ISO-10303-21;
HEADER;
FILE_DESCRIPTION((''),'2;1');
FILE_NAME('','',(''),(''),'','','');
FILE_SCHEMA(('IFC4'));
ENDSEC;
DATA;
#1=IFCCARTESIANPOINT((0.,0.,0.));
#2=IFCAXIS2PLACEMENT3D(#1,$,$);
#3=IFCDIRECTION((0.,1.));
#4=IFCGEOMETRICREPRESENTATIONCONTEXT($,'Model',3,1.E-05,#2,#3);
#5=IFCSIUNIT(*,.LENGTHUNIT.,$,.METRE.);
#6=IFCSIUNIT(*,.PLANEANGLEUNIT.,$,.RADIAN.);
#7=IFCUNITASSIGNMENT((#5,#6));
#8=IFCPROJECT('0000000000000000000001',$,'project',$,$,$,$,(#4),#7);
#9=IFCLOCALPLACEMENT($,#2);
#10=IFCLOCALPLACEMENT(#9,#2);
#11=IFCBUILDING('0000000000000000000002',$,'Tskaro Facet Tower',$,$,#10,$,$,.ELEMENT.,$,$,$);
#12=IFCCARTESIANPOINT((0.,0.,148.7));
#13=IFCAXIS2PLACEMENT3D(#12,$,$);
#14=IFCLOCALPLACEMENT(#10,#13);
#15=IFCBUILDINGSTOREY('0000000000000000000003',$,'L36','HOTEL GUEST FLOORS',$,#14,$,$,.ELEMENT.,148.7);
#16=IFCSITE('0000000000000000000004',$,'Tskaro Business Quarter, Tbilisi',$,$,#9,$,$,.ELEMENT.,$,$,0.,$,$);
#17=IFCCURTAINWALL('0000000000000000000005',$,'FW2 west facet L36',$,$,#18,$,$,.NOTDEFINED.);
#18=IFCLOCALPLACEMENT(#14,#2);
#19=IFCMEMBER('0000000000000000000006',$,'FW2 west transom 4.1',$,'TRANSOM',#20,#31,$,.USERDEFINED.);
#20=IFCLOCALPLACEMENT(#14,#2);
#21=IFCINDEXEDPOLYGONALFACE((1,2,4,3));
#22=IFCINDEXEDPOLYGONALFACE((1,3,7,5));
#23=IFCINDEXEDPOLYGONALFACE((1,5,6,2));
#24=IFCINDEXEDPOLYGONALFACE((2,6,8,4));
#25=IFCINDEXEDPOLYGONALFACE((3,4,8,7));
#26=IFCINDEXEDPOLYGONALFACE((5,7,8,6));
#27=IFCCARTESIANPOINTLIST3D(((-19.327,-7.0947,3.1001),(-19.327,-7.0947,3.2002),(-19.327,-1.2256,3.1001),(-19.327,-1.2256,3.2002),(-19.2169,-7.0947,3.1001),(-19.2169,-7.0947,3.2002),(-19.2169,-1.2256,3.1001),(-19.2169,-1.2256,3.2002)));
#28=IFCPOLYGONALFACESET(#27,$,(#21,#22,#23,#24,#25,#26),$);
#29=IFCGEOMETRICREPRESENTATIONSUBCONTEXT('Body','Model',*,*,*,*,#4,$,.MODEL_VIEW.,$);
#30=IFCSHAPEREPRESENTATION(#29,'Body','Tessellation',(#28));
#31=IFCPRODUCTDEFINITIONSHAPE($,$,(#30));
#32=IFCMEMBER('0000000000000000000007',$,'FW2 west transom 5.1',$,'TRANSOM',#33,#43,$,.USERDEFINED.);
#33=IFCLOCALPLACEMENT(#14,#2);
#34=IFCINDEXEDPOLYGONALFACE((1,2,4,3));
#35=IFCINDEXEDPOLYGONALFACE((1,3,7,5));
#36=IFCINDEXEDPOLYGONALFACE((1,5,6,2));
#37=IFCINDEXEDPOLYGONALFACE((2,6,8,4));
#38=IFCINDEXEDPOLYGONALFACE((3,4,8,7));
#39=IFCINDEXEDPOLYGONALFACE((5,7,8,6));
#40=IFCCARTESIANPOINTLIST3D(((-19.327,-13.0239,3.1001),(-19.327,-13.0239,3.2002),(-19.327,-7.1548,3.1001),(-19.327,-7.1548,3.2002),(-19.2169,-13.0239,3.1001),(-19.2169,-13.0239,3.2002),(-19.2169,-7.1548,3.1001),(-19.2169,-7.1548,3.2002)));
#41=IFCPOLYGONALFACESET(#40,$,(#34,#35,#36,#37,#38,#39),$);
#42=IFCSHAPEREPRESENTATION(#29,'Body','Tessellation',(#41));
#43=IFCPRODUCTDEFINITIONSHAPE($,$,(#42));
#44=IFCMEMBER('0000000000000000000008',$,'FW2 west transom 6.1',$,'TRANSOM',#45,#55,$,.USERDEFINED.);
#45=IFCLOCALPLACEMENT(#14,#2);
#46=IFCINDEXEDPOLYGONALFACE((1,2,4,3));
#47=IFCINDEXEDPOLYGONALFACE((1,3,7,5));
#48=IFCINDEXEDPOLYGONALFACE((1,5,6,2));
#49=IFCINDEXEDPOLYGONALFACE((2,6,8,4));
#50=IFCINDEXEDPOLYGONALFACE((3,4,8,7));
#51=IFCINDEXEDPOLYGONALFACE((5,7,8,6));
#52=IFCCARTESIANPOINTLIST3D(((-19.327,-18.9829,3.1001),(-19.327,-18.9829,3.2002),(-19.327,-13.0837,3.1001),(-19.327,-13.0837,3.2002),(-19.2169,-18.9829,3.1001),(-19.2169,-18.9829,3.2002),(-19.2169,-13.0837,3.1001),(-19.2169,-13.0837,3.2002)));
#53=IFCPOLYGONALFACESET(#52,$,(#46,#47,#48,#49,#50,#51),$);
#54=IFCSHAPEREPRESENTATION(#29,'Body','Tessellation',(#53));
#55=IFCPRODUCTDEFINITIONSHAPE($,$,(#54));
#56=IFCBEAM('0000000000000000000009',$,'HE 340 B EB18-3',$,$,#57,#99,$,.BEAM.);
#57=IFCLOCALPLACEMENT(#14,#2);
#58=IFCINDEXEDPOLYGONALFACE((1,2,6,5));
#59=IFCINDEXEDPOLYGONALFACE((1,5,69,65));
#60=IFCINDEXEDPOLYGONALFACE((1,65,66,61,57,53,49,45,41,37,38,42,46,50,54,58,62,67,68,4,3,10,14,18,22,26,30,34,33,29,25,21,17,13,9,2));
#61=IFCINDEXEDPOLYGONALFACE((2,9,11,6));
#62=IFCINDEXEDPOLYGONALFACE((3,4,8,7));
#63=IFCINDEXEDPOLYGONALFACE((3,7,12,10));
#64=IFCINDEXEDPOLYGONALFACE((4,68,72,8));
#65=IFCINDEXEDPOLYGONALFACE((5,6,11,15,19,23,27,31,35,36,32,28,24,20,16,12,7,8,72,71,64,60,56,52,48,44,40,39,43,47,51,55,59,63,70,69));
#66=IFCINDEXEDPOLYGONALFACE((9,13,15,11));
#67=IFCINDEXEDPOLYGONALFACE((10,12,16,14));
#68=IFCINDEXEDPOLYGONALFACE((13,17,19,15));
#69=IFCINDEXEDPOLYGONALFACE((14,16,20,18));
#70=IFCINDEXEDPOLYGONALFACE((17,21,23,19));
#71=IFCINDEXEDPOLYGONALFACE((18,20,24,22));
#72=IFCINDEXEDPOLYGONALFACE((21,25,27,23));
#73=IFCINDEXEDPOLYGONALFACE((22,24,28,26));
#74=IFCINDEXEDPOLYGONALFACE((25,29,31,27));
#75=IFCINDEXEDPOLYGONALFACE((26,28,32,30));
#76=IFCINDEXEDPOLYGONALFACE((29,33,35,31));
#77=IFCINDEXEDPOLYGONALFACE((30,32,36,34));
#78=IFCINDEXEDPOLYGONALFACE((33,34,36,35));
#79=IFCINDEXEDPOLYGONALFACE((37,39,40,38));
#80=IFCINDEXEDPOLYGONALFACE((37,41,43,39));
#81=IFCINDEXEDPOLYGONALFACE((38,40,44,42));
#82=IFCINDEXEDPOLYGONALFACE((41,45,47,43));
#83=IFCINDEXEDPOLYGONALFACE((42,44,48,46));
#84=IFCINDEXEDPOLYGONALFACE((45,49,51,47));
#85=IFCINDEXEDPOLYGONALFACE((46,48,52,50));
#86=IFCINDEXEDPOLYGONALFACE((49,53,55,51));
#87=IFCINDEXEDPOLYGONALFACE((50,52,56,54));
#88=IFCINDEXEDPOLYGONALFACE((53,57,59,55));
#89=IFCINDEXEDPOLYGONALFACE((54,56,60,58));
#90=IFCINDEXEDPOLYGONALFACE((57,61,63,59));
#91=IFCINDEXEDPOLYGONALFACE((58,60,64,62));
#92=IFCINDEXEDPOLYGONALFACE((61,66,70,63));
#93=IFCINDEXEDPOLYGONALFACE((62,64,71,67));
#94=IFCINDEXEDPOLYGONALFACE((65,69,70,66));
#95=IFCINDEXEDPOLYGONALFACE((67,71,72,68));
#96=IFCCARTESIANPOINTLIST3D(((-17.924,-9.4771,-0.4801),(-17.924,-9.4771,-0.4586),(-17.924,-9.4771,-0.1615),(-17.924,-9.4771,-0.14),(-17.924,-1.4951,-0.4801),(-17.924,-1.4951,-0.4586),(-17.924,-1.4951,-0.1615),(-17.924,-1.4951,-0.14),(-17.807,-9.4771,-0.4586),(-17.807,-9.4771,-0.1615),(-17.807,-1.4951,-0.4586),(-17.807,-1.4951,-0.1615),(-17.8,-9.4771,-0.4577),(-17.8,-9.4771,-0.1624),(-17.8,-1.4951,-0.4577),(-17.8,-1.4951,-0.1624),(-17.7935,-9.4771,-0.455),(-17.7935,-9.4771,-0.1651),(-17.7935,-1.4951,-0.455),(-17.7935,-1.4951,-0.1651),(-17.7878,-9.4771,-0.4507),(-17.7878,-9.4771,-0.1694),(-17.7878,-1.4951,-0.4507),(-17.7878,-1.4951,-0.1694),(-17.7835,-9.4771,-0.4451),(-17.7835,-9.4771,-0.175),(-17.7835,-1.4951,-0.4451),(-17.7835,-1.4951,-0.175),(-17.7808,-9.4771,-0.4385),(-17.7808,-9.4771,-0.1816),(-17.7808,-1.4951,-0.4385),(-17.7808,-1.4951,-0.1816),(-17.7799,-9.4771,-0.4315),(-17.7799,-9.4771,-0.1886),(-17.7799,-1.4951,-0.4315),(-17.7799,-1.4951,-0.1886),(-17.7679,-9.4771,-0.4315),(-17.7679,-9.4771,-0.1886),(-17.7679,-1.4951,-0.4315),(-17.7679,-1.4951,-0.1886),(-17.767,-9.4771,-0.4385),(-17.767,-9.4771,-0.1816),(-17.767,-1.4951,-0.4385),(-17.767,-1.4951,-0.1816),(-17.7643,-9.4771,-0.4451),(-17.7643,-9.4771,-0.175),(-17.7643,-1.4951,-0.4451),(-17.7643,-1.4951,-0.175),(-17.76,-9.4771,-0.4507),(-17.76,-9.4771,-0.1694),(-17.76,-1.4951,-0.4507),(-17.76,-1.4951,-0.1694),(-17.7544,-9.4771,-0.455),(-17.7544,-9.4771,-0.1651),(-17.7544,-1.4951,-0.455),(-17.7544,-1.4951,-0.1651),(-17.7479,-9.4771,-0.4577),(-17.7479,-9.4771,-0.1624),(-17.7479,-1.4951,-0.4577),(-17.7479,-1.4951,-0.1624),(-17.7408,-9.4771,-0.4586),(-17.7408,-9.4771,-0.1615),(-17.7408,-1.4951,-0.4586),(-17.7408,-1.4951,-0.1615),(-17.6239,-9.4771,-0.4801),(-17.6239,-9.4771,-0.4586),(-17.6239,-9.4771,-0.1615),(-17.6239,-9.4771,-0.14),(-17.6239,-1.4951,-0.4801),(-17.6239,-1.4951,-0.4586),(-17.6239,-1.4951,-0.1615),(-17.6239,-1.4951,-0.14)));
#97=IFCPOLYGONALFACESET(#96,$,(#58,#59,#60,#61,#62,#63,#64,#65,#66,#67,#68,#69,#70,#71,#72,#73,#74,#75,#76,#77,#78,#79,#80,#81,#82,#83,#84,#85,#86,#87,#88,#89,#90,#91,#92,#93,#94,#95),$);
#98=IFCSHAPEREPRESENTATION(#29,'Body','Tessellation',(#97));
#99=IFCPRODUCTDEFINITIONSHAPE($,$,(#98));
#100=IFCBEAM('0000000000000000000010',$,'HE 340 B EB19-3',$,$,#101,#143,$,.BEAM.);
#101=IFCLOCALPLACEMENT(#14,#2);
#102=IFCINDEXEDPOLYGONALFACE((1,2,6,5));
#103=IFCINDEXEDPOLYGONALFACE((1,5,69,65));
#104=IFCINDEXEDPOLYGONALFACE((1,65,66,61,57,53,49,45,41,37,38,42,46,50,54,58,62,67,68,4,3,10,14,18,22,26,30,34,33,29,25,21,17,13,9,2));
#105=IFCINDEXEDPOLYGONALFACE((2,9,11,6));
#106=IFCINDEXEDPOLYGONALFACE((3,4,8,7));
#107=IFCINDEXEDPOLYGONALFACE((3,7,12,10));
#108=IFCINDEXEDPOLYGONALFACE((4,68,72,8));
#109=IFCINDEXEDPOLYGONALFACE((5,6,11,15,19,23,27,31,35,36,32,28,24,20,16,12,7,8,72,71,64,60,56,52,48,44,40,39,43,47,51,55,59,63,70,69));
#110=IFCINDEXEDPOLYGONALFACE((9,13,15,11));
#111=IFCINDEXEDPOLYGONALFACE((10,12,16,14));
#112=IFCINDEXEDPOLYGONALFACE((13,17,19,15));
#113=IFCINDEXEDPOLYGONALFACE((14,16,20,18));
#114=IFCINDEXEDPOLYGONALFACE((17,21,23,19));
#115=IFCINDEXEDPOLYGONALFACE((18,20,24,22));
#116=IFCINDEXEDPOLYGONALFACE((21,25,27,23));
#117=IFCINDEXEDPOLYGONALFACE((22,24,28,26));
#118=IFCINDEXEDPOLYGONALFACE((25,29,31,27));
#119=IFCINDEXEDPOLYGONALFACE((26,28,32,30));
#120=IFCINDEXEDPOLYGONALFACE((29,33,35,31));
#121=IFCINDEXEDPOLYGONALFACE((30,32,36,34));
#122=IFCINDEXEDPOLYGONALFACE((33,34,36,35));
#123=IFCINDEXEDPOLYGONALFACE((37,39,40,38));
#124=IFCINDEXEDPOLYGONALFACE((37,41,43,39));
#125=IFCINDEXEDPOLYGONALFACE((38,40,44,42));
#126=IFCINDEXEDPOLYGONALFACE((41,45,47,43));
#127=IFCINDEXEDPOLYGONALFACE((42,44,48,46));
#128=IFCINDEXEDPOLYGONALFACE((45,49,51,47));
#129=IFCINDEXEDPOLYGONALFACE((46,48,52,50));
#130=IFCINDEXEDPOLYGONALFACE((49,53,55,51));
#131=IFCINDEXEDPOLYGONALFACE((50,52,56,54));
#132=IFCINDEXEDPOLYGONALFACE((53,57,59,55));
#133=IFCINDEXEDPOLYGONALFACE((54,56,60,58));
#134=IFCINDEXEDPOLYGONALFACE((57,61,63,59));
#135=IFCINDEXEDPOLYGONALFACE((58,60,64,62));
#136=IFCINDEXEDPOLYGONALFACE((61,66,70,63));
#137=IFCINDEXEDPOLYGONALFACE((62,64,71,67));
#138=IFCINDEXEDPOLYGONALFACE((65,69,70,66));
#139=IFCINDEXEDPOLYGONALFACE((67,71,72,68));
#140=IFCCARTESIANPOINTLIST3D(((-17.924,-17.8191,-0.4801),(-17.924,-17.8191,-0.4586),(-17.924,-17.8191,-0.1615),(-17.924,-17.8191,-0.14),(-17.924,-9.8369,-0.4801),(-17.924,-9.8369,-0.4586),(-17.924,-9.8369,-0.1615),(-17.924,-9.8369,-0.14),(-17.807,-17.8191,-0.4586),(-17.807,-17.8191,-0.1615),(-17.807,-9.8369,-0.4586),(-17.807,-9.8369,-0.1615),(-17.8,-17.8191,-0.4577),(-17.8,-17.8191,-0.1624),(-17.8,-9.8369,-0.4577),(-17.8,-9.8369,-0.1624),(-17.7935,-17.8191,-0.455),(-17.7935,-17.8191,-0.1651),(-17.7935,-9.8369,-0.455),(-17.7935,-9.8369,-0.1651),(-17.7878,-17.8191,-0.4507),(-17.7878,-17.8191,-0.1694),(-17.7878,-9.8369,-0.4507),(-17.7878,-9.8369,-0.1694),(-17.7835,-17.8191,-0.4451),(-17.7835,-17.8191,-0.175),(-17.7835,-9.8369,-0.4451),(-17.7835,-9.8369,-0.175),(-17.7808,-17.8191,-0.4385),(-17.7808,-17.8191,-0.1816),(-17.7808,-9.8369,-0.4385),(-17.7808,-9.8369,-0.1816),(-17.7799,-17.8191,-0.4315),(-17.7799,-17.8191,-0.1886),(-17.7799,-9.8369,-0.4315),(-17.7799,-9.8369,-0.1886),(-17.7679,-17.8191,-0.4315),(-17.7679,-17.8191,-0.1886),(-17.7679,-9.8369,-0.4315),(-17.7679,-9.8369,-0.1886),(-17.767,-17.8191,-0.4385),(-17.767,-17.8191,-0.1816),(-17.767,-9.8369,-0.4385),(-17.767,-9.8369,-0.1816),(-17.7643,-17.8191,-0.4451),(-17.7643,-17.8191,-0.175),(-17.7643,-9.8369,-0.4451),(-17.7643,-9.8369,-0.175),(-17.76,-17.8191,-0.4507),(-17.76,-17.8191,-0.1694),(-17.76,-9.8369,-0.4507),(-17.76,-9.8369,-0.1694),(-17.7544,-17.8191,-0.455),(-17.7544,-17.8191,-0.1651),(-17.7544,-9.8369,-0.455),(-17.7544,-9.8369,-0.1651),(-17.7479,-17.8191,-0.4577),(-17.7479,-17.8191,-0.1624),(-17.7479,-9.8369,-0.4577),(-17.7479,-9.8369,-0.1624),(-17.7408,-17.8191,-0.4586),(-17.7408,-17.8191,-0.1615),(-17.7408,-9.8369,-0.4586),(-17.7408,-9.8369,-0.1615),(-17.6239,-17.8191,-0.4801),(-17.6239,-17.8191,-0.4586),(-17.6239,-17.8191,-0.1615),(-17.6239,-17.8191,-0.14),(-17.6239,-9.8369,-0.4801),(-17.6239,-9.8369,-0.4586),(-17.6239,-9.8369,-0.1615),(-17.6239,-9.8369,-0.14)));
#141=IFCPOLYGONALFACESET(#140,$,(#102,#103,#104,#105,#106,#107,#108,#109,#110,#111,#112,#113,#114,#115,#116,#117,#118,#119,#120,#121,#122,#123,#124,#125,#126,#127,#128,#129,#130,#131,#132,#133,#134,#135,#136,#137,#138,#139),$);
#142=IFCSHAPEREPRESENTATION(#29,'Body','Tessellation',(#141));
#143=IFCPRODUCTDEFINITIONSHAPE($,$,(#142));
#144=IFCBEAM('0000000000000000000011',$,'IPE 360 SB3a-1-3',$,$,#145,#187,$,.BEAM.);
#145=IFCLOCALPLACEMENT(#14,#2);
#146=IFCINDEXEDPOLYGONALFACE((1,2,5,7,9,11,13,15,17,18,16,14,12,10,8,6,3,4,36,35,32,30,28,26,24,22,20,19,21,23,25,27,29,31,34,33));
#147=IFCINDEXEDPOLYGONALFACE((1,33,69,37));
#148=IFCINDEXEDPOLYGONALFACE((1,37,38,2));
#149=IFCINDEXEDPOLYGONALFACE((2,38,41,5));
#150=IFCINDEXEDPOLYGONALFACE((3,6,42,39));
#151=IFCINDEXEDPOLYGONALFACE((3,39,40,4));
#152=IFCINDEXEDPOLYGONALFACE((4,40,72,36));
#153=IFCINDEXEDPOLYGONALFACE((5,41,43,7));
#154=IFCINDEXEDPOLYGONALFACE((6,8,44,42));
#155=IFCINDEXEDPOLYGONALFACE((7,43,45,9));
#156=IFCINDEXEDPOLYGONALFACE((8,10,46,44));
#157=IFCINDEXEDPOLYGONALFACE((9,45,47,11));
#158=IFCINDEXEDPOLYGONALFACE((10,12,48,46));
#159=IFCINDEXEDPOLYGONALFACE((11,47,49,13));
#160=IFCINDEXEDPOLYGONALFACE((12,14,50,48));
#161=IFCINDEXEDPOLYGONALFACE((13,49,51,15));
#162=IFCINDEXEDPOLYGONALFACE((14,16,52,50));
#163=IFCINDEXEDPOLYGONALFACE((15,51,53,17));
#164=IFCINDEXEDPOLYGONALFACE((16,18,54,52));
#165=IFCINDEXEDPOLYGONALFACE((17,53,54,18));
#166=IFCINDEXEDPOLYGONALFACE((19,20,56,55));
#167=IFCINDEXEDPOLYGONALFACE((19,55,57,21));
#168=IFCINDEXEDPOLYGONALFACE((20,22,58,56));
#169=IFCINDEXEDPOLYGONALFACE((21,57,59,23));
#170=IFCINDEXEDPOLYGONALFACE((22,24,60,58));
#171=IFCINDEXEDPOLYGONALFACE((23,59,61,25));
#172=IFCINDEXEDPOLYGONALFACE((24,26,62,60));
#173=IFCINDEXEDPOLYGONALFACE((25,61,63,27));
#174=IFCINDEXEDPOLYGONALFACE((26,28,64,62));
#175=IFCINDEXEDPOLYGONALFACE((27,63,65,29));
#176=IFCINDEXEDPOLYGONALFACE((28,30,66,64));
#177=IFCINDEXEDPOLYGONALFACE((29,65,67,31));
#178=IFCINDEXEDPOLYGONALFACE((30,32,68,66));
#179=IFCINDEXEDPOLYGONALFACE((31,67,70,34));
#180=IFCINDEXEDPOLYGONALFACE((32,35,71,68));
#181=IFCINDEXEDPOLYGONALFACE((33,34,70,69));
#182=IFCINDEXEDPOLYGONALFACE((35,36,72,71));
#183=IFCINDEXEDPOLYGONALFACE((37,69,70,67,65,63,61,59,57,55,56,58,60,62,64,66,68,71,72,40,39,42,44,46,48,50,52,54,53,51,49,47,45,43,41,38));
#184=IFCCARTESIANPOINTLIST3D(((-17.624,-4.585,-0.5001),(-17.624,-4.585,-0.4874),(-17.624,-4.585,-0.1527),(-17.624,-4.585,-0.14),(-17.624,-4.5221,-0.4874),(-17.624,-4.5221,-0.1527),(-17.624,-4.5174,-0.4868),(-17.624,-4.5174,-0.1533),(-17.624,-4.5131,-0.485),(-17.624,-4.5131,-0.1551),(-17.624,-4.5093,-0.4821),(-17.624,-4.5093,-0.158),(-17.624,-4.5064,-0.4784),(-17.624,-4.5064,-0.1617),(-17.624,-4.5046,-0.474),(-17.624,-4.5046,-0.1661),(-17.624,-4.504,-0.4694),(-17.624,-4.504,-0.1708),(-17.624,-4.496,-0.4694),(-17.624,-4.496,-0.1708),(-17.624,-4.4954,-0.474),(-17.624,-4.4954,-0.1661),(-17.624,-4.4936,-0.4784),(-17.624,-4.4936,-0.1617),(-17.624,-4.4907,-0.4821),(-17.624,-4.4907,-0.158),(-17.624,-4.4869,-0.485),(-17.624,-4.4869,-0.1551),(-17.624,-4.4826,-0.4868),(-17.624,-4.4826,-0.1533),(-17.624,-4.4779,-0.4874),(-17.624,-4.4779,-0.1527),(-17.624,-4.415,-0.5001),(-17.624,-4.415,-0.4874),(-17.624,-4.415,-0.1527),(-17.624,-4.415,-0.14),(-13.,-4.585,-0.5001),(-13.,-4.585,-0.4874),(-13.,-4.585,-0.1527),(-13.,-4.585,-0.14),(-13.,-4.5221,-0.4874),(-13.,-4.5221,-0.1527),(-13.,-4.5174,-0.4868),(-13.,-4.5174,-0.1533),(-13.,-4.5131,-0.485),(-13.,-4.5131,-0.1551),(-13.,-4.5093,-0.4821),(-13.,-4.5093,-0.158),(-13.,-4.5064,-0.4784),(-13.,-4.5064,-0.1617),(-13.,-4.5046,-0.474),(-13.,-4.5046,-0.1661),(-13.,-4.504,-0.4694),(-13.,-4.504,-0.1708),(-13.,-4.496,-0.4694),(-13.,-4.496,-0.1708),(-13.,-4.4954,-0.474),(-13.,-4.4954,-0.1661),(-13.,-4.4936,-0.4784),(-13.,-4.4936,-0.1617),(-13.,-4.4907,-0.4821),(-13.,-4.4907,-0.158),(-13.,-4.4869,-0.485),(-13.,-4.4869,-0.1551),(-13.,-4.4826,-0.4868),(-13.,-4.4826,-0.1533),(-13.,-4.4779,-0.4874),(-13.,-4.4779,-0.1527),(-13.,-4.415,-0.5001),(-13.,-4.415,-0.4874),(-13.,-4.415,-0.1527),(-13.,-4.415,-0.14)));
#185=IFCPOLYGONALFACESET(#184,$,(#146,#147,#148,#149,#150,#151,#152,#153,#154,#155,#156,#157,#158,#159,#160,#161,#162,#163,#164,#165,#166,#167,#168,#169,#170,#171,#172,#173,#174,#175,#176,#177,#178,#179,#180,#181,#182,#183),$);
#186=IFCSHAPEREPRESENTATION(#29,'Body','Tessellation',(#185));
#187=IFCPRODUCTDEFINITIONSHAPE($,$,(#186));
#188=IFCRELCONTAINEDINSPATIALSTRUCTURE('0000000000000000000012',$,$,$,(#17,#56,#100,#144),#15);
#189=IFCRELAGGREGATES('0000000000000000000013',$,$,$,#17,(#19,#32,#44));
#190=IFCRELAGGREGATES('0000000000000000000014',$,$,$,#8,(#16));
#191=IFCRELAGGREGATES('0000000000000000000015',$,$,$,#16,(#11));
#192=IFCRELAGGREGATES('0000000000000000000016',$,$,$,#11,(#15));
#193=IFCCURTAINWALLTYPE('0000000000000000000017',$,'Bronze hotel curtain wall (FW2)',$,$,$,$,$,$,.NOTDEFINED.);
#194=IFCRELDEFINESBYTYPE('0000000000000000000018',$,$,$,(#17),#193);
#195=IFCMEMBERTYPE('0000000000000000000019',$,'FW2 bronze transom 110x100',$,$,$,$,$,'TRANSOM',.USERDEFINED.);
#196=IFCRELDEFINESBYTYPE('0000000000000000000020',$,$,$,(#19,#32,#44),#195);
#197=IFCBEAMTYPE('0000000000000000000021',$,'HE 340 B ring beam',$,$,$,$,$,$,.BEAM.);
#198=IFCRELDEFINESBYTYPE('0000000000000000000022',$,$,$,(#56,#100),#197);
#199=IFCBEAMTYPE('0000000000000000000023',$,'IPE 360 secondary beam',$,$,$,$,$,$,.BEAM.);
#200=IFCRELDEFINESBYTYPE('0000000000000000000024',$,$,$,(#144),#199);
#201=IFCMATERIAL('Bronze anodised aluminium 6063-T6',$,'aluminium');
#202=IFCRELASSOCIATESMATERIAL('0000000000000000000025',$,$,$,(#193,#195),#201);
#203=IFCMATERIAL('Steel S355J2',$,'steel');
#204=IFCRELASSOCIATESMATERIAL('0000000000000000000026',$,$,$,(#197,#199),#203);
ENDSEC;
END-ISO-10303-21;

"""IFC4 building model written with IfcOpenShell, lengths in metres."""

from ifc_helpers import new_model, si_unit, direction, frame, origin, origin_2d, place, context, subcontext, project, spatial, rectangle, i_section, extrude, material, material_profile, profile_set, type_object, element, aggregate, save


model = new_model("IFC4")

# Units and contexts
model_context = context("Model", 3, precision=1e-05, world=origin(), true_north=direction((0.0, 1.0)))
body_context = subcontext(model_context, "Body", "Model", "MODEL_VIEW")
ifc_project = project(units=[si_unit("LENGTHUNIT", "METRE"), si_unit("PLANEANGLEUNIT", "RADIAN")], contexts=[model_context])

# Site, building, storey
site_placement = place(None, origin())
site = spatial("IfcSite", under=ifc_project, at=site_placement, Name="Tskaro Business Quarter, Tbilisi", CompositionType="ELEMENT", RefElevation=0.0)
building_placement = place(site_placement, origin())
building = spatial("IfcBuilding", under=site, at=building_placement, Name="Tskaro Facet Tower", CompositionType="ELEMENT")
storey_placement = place(building_placement, frame((0.0, 0.0, 148.7)))
storey = spatial("IfcBuildingStorey", under=building, at=storey_placement, Name="L36", Description="HOTEL GUEST FLOORS", CompositionType="ELEMENT", Elevation=148.7)

# Curtain wall, members
ifc_material_1 = material(Name="Bronze anodised aluminium 6063-T6", Category="aluminium")
curtain_wall_type = type_object("IfcCurtainWallType", Name="Bronze hotel curtain wall (FW2)", PredefinedType="NOTDEFINED", material=ifc_material_1)
curtain_wall_placement = place(storey_placement, origin())
curtain_wall = element("IfcCurtainWall", 1, at=curtain_wall_placement, inside=storey, type_object=curtain_wall_type, Name="FW2 west facet L36", PredefinedType="NOTDEFINED")
ifc_material_profile_1 = material_profile(ifc_material_1, rectangle(XDim=0.1101, YDim=0.1001, at=origin_2d()), Name="Transom 110x100")
ifc_profile_set_1 = profile_set([ifc_material_profile_1], Name="Bronze anodised aluminium 6063-T6")
member_type_1 = type_object("IfcMemberType", Name="FW2 bronze transom 110x100", ElementType="TRANSOM", PredefinedType="USERDEFINED", material=ifc_profile_set_1)
member_1_placement = place(storey_placement, frame((-19.272, -1.2256, 3.1501), z_axis=(0.0, -1.0, 0.0), x_axis=(1.0, 0.0, 0.0)))
member_1 = element("IfcMember", 2, at=member_1_placement, type_object=member_type_1, Name="FW2 west transom 4.1", ObjectType="TRANSOM", PredefinedType="USERDEFINED", context=body_context, shape_type="SweptSolid", body=[
    extrude(rectangle(XDim=0.1101, YDim=0.1001, at=origin_2d()), origin(), (0.0, 0.0, 1.0), 5.8691),
])
member_2_placement = place(storey_placement, frame((-19.272, -7.1548, 3.1501), z_axis=(0.0, -1.0, 0.0), x_axis=(1.0, 0.0, 0.0)))
member_2 = element("IfcMember", 3, at=member_2_placement, type_object=member_type_1, Name="FW2 west transom 5.1", ObjectType="TRANSOM", PredefinedType="USERDEFINED", context=body_context, shape_type="SweptSolid", body=[
    extrude(rectangle(XDim=0.1101, YDim=0.1001, at=origin_2d()), origin(), (0.0, 0.0, 1.0), 5.8691),
])
member_3_placement = place(storey_placement, frame((-19.272, -13.0837, 3.1501), z_axis=(0.0, -1.0, 0.0), x_axis=(1.0, 0.0, 0.0)))
member_3 = element("IfcMember", 4, at=member_3_placement, type_object=member_type_1, Name="FW2 west transom 6.1", ObjectType="TRANSOM", PredefinedType="USERDEFINED", context=body_context, shape_type="SweptSolid", body=[
    extrude(rectangle(XDim=0.1101, YDim=0.1001, at=origin_2d()), origin(), (0.0, 0.0, 1.0), 5.8992),
])

# Beams
ifc_material_2 = material(Name="Steel S355J2", Category="steel")
ifc_material_profile_2 = material_profile(ifc_material_2, i_section(OverallWidth=0.3, OverallDepth=0.3401, WebThickness=0.012, FlangeThickness=0.0215, FilletRadius=0.0271, at=origin_2d()), Name="HE 340 B")
ifc_profile_set_2 = profile_set([ifc_material_profile_2], Name="Steel S355J2")
beam_type_1 = type_object("IfcBeamType", Name="HE 340 B ring beam", PredefinedType="BEAM", material=ifc_profile_set_2)
beam_1_placement = place(storey_placement, frame((-17.7739, -1.4951, -0.3101), z_axis=(0.0, -1.0, 0.0), x_axis=(1.0, 0.0, 0.0)))
element("IfcBeam", 5, at=beam_1_placement, inside=storey, type_object=beam_type_1, Name="HE 340 B EB18-3", PredefinedType="BEAM", context=body_context, shape_type="SweptSolid", body=[
    extrude(i_section(OverallWidth=0.3, OverallDepth=0.3401, WebThickness=0.012, FlangeThickness=0.0215, FilletRadius=0.0271, at=origin_2d()), origin(), (0.0, 0.0, 1.0), 7.9819),
])
beam_2_placement = place(storey_placement, frame((-17.7739, -9.8369, -0.3101), z_axis=(0.0, -1.0, 0.0), x_axis=(1.0, 0.0, 0.0)))
element("IfcBeam", 6, at=beam_2_placement, inside=storey, type_object=beam_type_1, Name="HE 340 B EB19-3", PredefinedType="BEAM", context=body_context, shape_type="SweptSolid", body=[
    extrude(i_section(OverallWidth=0.3, OverallDepth=0.3401, WebThickness=0.012, FlangeThickness=0.0215, FilletRadius=0.0271, at=origin_2d()), origin(), (0.0, 0.0, 1.0), 7.9822),
])
ifc_material_profile_3 = material_profile(ifc_material_2, i_section(OverallWidth=0.1699, OverallDepth=0.3601, WebThickness=0.0081, FlangeThickness=0.0127, FilletRadius=0.0181, at=origin_2d()), Name="IPE 360")
ifc_profile_set_3 = profile_set([ifc_material_profile_3], Name="Steel S355J2")
beam_type_2 = type_object("IfcBeamType", Name="IPE 360 secondary beam", PredefinedType="BEAM", material=ifc_profile_set_3)
beam_3_placement = place(storey_placement, frame((-17.624, -4.5, -0.3201), z_axis=(1.0, 0.0, 0.0), x_axis=(0.0, 1.0, 0.0)))
element("IfcBeam", 7, at=beam_3_placement, inside=storey, type_object=beam_type_2, Name="IPE 360 SB3a-1-3", PredefinedType="BEAM", context=body_context, shape_type="SweptSolid", body=[
    extrude(i_section(OverallWidth=0.1699, OverallDepth=0.3601, WebThickness=0.0081, FlangeThickness=0.0127, FilletRadius=0.0181, at=origin_2d()), origin(), (0.0, 0.0, 1.0), 4.624),
])

aggregate(curtain_wall, [member_1, member_2, member_3])

save(model, "model.ifc")
